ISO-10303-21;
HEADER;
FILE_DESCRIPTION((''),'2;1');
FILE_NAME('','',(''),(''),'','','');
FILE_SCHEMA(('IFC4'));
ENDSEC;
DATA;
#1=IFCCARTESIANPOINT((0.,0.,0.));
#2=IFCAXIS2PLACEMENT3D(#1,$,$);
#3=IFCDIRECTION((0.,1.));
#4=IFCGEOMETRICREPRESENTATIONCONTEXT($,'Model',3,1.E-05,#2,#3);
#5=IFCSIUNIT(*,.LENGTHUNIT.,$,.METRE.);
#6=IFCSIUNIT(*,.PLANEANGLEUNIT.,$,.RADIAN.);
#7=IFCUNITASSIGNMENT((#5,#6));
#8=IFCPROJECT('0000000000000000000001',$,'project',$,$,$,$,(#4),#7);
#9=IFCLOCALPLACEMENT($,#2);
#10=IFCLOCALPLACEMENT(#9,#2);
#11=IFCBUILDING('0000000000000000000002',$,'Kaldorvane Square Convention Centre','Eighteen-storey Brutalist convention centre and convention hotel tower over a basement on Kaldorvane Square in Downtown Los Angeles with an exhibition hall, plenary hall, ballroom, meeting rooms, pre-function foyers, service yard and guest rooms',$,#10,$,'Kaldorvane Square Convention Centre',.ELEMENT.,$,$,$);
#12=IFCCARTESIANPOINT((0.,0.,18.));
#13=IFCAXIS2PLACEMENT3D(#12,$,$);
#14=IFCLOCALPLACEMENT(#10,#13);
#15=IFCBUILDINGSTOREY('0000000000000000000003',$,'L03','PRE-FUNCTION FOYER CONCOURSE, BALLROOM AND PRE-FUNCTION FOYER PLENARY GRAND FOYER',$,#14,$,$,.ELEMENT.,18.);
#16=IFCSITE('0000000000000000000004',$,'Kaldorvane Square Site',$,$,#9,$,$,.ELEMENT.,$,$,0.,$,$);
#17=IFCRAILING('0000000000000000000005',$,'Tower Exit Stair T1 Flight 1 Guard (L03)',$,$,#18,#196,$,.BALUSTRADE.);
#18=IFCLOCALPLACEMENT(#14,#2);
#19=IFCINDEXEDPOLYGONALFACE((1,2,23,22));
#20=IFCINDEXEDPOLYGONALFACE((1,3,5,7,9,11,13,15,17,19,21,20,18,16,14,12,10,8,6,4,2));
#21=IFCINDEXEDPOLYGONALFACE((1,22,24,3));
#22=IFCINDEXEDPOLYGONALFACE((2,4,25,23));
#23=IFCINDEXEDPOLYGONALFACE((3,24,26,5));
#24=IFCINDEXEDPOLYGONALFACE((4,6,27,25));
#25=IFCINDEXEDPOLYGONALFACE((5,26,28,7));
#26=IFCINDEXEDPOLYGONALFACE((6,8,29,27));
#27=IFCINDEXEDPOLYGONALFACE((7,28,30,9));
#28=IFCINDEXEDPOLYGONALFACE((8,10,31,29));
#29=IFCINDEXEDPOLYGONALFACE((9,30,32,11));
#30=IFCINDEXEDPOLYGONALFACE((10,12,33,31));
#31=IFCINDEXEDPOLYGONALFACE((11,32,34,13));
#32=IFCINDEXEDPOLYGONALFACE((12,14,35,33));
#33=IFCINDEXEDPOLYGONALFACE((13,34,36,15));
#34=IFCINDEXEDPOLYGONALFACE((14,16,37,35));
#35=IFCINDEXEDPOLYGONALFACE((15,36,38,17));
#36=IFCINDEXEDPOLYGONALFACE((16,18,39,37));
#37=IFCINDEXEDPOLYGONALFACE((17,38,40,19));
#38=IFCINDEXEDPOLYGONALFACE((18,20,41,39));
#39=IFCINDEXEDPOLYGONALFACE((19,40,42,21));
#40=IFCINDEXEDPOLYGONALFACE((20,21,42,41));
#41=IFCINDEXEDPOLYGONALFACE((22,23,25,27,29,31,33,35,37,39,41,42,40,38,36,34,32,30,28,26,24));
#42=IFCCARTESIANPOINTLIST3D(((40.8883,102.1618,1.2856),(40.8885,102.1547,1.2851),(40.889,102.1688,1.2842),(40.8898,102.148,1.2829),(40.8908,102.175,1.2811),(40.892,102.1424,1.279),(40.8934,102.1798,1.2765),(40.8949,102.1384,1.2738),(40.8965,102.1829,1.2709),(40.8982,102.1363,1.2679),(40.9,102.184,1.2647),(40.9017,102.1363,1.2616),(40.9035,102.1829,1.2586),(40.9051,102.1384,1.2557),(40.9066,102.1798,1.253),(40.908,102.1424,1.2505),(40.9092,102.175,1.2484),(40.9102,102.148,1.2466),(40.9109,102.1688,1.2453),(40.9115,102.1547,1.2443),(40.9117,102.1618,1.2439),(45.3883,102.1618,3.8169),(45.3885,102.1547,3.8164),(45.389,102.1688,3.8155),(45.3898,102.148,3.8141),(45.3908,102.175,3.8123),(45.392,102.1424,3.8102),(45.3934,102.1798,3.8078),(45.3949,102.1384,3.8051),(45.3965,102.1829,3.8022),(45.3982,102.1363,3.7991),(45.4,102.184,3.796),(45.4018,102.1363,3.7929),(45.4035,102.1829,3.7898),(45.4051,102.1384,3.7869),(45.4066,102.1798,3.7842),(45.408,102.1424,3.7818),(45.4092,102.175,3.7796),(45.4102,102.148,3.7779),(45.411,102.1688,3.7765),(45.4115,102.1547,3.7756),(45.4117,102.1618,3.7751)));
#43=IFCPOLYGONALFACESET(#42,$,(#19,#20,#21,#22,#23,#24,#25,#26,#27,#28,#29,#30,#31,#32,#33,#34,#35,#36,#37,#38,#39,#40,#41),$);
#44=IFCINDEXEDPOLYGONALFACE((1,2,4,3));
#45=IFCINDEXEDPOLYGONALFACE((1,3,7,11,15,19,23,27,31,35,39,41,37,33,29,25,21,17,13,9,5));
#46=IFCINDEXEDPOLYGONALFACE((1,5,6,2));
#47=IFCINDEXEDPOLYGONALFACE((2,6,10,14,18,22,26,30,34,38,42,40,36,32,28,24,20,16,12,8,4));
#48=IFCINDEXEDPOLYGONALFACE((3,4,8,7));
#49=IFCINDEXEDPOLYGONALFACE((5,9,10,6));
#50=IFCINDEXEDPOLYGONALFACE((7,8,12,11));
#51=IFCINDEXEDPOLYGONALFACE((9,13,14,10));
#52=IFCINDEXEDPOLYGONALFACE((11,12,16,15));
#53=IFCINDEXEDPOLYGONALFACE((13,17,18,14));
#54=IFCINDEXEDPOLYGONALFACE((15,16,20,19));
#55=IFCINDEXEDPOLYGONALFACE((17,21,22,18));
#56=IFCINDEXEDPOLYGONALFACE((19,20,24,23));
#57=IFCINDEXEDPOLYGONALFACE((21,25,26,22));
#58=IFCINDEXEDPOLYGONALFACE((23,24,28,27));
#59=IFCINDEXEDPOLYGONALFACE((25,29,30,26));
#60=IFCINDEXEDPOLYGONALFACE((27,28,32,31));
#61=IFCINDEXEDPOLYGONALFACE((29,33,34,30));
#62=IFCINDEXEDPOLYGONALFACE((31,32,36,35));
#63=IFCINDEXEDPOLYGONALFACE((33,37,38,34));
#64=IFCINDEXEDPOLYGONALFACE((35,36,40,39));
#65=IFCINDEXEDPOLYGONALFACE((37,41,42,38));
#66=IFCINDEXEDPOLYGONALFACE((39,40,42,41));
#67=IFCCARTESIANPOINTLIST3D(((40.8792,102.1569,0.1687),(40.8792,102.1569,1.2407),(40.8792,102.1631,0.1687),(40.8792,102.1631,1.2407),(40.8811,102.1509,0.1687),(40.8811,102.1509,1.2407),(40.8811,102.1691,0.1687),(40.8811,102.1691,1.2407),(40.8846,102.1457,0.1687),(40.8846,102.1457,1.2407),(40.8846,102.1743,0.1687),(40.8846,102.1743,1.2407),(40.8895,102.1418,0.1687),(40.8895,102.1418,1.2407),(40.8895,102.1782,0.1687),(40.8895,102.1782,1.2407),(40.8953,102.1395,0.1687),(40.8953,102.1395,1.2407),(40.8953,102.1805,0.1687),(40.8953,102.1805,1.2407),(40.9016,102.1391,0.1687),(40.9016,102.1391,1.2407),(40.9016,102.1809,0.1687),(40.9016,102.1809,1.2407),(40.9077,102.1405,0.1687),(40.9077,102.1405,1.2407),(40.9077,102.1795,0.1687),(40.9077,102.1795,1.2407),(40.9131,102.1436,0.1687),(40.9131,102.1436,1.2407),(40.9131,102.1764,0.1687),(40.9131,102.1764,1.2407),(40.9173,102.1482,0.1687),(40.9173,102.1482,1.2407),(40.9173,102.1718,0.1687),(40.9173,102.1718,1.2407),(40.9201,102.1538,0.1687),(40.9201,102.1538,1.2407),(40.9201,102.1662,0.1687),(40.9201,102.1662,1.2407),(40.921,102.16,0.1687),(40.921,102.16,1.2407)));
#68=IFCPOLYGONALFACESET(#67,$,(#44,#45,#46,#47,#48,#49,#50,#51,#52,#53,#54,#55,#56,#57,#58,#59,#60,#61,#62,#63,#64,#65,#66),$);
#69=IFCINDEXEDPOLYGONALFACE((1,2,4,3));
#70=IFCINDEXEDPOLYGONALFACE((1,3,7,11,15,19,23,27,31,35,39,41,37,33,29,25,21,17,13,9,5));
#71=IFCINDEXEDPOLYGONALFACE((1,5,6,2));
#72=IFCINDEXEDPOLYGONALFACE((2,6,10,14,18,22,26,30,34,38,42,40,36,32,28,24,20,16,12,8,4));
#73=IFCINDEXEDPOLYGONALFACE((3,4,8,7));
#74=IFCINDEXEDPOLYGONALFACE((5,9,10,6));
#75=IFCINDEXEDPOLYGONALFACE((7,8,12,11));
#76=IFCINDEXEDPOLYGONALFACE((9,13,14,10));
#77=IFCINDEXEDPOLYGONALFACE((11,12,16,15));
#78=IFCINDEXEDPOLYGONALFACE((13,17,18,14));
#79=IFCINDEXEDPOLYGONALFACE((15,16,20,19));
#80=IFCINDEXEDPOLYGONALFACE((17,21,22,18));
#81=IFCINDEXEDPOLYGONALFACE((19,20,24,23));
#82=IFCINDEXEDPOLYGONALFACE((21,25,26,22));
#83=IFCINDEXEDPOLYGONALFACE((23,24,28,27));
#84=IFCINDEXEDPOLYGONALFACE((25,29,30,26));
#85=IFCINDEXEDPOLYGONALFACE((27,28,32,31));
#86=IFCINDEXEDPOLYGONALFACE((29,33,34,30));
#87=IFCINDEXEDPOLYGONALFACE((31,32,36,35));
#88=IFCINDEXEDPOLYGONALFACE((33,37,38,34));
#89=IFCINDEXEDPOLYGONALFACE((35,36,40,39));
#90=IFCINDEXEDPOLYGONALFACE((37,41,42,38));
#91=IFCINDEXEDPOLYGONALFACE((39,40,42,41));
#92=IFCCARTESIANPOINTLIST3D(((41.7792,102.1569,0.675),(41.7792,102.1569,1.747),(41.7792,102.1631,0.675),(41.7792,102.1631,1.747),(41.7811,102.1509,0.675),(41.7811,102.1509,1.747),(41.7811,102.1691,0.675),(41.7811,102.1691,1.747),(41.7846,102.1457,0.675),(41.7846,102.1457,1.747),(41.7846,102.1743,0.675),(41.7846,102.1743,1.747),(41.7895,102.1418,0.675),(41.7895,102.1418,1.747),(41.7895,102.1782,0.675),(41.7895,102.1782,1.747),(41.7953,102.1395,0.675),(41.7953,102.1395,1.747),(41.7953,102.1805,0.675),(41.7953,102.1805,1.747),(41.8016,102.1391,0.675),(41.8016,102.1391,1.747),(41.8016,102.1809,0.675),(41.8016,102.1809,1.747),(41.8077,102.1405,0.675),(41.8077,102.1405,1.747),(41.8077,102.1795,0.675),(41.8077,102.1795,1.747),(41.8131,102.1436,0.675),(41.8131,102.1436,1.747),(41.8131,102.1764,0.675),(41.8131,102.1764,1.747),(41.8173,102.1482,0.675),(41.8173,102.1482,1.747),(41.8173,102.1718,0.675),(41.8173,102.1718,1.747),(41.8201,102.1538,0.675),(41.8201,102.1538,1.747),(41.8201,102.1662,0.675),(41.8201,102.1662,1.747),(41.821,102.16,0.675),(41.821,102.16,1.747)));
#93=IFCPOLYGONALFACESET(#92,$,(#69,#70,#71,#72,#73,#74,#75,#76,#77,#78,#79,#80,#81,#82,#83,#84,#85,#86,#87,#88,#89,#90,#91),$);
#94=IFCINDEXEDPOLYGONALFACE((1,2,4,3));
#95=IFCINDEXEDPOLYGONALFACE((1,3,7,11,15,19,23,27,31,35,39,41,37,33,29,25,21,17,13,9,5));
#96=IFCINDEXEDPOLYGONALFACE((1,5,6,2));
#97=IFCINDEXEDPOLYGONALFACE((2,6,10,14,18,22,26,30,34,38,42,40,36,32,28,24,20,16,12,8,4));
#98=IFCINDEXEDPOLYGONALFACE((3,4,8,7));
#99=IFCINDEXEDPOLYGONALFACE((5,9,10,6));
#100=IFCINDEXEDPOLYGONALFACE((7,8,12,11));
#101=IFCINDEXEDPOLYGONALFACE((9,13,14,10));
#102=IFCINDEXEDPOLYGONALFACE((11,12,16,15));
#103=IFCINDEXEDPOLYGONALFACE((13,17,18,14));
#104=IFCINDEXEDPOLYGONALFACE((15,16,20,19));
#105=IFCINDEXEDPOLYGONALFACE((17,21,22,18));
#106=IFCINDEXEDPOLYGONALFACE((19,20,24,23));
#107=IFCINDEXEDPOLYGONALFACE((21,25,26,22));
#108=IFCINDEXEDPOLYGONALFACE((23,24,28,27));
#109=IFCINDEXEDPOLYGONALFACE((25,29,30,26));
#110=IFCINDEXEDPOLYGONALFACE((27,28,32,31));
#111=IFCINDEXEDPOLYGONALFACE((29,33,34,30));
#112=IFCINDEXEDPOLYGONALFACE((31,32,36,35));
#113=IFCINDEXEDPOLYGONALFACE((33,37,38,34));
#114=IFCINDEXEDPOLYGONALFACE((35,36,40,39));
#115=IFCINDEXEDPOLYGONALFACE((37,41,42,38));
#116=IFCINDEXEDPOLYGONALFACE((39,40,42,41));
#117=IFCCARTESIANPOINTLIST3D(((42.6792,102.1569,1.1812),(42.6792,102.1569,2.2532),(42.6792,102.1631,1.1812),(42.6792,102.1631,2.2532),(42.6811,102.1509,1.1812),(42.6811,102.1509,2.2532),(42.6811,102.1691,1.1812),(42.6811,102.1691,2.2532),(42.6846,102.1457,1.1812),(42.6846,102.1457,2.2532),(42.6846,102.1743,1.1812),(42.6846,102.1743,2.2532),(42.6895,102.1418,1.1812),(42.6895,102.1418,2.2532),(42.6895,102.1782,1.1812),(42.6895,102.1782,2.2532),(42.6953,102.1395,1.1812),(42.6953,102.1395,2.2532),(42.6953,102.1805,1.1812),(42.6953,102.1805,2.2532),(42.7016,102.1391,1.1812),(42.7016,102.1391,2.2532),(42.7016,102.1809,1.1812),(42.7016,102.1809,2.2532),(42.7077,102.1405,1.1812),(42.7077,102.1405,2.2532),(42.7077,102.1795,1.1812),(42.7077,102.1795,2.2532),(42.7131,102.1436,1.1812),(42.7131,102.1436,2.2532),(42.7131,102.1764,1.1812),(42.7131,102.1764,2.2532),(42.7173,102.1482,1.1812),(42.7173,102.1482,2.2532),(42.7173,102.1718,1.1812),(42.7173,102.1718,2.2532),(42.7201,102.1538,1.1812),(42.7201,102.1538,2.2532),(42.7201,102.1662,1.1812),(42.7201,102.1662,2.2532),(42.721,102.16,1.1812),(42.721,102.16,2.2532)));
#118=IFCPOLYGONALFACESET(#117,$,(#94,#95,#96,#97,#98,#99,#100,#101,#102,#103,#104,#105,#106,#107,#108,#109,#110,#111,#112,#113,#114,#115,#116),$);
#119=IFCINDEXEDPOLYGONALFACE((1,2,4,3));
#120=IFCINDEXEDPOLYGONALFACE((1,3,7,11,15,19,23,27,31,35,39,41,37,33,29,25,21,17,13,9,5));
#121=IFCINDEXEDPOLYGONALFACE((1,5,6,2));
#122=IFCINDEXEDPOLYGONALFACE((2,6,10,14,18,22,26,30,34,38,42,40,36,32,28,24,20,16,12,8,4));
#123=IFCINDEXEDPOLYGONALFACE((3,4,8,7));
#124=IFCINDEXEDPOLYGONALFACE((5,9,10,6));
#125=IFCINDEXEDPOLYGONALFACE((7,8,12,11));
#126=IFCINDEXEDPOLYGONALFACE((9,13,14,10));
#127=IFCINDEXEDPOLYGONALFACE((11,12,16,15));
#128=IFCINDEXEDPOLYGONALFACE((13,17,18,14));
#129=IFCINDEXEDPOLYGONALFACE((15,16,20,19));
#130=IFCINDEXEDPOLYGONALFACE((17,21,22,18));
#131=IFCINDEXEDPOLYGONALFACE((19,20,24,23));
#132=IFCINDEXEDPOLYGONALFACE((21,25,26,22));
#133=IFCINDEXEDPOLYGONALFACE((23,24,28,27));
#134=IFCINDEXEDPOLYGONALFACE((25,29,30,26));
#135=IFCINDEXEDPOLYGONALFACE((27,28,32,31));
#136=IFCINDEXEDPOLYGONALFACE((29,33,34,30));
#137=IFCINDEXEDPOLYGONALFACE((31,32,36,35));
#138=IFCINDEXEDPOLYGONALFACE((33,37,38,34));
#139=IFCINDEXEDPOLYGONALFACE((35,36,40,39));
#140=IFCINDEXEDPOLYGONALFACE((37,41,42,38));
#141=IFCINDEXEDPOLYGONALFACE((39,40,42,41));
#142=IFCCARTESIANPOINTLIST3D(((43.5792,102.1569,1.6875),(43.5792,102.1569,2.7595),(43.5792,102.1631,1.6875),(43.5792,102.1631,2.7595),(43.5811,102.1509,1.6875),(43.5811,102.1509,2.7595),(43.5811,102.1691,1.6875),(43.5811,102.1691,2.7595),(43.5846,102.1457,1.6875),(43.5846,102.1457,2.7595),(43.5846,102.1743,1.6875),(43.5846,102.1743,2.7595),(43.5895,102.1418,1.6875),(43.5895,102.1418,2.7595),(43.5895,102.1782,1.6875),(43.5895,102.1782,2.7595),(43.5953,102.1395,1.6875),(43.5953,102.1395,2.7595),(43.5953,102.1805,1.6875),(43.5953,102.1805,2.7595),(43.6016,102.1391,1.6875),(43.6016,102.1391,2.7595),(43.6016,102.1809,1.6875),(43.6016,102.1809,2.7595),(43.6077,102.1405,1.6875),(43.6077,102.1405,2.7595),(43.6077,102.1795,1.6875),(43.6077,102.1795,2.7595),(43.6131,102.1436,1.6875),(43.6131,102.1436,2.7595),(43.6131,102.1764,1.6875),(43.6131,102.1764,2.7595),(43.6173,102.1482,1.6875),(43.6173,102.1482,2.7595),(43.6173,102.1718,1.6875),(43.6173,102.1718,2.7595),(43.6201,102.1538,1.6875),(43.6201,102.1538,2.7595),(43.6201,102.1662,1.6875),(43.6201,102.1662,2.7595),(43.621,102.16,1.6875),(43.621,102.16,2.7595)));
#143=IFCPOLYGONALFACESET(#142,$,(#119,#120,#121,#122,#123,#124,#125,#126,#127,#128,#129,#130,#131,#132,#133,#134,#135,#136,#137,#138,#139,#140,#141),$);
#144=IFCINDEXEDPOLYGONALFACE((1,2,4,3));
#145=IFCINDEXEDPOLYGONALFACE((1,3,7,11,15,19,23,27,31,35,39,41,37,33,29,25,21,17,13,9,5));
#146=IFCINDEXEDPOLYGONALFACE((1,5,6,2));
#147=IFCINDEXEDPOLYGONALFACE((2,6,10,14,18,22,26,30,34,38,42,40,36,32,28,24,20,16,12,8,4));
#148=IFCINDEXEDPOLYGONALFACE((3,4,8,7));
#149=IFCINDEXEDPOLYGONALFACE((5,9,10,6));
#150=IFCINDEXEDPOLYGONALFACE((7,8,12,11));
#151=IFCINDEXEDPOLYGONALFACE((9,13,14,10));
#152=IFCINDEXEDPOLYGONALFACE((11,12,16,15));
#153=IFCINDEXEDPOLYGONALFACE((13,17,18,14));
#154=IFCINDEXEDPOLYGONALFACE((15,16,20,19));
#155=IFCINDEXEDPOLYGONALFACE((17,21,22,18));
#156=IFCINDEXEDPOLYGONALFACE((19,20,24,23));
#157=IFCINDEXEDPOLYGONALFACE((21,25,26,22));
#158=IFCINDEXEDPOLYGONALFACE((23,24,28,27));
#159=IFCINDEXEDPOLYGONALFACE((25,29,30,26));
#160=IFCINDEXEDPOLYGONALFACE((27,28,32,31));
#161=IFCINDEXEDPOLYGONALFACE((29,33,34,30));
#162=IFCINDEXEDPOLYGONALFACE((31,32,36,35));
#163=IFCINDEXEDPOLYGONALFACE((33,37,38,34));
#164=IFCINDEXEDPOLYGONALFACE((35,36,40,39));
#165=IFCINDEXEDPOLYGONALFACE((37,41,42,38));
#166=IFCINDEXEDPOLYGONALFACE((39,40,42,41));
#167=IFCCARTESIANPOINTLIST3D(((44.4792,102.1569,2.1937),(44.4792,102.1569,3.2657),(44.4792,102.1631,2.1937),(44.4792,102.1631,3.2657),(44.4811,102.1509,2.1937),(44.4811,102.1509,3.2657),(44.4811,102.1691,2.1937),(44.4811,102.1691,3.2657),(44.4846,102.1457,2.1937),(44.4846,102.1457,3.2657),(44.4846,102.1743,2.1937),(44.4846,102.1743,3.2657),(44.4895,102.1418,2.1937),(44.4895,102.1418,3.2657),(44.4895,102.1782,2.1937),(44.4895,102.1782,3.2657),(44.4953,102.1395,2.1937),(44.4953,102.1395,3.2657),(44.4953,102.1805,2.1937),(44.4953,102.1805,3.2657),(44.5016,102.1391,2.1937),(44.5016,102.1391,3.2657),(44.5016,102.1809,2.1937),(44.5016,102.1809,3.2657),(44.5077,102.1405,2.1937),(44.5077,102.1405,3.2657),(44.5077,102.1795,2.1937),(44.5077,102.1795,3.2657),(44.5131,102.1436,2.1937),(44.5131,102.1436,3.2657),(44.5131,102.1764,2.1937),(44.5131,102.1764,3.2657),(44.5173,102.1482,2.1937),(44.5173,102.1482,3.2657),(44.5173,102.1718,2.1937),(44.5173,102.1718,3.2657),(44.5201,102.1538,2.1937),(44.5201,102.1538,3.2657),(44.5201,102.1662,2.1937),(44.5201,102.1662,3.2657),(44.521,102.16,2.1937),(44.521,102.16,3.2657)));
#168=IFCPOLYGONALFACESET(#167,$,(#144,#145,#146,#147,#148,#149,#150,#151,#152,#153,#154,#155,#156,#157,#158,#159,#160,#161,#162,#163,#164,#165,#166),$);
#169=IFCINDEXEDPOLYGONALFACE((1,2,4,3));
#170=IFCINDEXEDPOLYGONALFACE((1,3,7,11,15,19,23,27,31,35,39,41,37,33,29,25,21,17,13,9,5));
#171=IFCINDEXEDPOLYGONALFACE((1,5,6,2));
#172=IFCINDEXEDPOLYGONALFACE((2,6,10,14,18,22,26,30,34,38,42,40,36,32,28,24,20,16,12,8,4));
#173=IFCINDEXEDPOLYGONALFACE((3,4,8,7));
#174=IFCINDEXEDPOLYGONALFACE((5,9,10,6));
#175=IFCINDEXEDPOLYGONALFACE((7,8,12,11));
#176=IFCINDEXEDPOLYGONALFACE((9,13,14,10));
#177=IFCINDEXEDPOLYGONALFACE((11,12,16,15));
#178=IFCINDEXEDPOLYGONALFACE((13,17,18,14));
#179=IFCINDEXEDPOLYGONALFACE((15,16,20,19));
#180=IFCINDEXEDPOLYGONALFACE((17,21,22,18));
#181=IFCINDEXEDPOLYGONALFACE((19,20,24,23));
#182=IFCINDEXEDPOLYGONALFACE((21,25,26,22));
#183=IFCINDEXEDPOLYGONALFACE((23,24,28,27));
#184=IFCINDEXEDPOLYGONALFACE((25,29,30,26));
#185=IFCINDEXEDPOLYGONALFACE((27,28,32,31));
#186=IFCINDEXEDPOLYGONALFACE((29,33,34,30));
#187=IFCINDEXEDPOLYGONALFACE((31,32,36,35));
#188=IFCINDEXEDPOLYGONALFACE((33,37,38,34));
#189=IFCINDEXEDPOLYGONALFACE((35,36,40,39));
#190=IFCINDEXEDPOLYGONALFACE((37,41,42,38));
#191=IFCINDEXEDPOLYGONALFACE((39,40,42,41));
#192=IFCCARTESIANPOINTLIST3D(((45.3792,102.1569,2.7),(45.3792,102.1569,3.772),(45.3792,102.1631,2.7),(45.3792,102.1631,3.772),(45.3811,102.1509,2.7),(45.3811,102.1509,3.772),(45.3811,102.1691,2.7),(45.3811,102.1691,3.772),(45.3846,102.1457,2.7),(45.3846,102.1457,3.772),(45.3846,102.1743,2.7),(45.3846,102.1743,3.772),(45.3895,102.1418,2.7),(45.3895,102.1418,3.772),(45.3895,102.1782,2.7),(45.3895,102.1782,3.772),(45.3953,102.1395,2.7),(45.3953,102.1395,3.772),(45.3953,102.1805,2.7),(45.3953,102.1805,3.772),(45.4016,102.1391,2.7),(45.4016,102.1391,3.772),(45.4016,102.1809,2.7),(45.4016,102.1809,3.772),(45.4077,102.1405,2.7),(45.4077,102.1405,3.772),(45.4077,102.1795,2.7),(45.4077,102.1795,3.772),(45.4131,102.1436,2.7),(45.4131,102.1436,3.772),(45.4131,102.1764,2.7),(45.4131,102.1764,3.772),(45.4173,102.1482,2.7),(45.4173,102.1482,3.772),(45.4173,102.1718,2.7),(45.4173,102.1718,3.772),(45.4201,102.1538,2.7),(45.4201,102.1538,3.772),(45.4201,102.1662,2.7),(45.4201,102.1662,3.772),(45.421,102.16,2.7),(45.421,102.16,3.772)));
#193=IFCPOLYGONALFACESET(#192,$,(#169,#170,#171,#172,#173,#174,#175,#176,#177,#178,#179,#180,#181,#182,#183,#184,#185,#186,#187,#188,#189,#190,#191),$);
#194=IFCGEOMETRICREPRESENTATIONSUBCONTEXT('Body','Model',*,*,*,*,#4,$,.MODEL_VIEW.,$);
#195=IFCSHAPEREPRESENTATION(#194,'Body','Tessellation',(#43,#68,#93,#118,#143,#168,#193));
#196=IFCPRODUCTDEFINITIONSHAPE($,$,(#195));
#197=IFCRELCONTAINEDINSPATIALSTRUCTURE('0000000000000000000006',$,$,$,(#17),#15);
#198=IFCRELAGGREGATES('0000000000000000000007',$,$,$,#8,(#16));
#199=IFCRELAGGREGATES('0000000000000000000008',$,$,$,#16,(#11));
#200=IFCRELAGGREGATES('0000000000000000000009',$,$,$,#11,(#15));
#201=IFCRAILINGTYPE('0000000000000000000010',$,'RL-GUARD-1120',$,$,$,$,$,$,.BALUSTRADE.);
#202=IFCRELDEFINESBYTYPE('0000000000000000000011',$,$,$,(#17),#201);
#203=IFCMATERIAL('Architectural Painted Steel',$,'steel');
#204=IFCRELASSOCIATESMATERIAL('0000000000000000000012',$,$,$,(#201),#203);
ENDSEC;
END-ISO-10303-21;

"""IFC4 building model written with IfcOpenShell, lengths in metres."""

from ifc_helpers import new_model, si_unit, direction, frame, origin, origin_2d, place, context, subcontext, project, spatial, circle, extrude, material, type_object, element, save


model = new_model("IFC4")

# Units and contexts
model_context = context("Model", 3, precision=1e-05, world=origin(), true_north=direction((0.0, 1.0)))
body_context = subcontext(model_context, "Body", "Model", "MODEL_VIEW")
ifc_project = project(units=[si_unit("LENGTHUNIT", "METRE"), si_unit("PLANEANGLEUNIT", "RADIAN")], contexts=[model_context])

# Site, building, storey
site_placement = place(None, origin())
site = spatial("IfcSite", under=ifc_project, at=site_placement, Name="Kaldorvane Square Site", CompositionType="ELEMENT", RefElevation=0.0)
building_placement = place(site_placement, origin())
building = spatial("IfcBuilding", under=site, at=building_placement, Name="Kaldorvane Square Convention Centre", Description="Eighteen-storey Brutalist convention centre and convention hotel tower over a basement on Kaldorvane Square in Downtown Los Angeles with an exhibition hall, plenary hall, ballroom, meeting rooms, pre-function foyers, service yard and guest rooms", LongName="Kaldorvane Square Convention Centre", CompositionType="ELEMENT")
storey_placement = place(building_placement, frame((0.0, 0.0, 18.0)))
storey = spatial("IfcBuildingStorey", under=building, at=storey_placement, Name="L03", Description="PRE-FUNCTION FOYER CONCOURSE, BALLROOM AND PRE-FUNCTION FOYER PLENARY GRAND FOYER", CompositionType="ELEMENT", Elevation=18.0)

# Railing
ifc_material_1 = material(Name="Architectural Painted Steel", Category="steel")
railing_type_1 = type_object("IfcRailingType", Name="RL-GUARD-1120", PredefinedType="BALUSTRADE", material=ifc_material_1)
railing_1_placement = place(storey_placement, frame((40.9, 102.16, 0.1687)))
element("IfcRailing", 1, at=railing_1_placement, inside=storey, type_object=railing_type_1, Name="Tower Exit Stair T1 Flight 1 Guard (L03)", PredefinedType="BALUSTRADE", context=body_context, shape_type="SweptSolid", body=[
    extrude(circle(Radius=0.024, at=origin_2d()), frame((0.0, 0.0, 1.096), z_axis=(0.871576, 0.0, 0.490261), x_axis=(0.0, 1.0, 0.0)), (0.0, 0.0, 1.0), 5.1631),
    extrude(circle(Radius=0.021, at=origin_2d()), origin(), (0.0, 0.0, 1.0), 1.072),
    extrude(circle(Radius=0.021, at=origin_2d()), frame((0.9, 0.0, 0.5063)), (0.0, 0.0, 1.0), 1.072),
    extrude(circle(Radius=0.021, at=origin_2d()), frame((1.8, 0.0, 1.0125)), (0.0, 0.0, 1.0), 1.072),
    extrude(circle(Radius=0.021, at=origin_2d()), frame((2.7, 0.0, 1.5188)), (0.0, 0.0, 1.0), 1.072),
    extrude(circle(Radius=0.021, at=origin_2d()), frame((3.6, 0.0, 2.025)), (0.0, 0.0, 1.0), 1.072),
    extrude(circle(Radius=0.021, at=origin_2d()), frame((4.5, 0.0, 2.5312)), (0.0, 0.0, 1.0), 1.072),
])

save(model, "model.ifc")
